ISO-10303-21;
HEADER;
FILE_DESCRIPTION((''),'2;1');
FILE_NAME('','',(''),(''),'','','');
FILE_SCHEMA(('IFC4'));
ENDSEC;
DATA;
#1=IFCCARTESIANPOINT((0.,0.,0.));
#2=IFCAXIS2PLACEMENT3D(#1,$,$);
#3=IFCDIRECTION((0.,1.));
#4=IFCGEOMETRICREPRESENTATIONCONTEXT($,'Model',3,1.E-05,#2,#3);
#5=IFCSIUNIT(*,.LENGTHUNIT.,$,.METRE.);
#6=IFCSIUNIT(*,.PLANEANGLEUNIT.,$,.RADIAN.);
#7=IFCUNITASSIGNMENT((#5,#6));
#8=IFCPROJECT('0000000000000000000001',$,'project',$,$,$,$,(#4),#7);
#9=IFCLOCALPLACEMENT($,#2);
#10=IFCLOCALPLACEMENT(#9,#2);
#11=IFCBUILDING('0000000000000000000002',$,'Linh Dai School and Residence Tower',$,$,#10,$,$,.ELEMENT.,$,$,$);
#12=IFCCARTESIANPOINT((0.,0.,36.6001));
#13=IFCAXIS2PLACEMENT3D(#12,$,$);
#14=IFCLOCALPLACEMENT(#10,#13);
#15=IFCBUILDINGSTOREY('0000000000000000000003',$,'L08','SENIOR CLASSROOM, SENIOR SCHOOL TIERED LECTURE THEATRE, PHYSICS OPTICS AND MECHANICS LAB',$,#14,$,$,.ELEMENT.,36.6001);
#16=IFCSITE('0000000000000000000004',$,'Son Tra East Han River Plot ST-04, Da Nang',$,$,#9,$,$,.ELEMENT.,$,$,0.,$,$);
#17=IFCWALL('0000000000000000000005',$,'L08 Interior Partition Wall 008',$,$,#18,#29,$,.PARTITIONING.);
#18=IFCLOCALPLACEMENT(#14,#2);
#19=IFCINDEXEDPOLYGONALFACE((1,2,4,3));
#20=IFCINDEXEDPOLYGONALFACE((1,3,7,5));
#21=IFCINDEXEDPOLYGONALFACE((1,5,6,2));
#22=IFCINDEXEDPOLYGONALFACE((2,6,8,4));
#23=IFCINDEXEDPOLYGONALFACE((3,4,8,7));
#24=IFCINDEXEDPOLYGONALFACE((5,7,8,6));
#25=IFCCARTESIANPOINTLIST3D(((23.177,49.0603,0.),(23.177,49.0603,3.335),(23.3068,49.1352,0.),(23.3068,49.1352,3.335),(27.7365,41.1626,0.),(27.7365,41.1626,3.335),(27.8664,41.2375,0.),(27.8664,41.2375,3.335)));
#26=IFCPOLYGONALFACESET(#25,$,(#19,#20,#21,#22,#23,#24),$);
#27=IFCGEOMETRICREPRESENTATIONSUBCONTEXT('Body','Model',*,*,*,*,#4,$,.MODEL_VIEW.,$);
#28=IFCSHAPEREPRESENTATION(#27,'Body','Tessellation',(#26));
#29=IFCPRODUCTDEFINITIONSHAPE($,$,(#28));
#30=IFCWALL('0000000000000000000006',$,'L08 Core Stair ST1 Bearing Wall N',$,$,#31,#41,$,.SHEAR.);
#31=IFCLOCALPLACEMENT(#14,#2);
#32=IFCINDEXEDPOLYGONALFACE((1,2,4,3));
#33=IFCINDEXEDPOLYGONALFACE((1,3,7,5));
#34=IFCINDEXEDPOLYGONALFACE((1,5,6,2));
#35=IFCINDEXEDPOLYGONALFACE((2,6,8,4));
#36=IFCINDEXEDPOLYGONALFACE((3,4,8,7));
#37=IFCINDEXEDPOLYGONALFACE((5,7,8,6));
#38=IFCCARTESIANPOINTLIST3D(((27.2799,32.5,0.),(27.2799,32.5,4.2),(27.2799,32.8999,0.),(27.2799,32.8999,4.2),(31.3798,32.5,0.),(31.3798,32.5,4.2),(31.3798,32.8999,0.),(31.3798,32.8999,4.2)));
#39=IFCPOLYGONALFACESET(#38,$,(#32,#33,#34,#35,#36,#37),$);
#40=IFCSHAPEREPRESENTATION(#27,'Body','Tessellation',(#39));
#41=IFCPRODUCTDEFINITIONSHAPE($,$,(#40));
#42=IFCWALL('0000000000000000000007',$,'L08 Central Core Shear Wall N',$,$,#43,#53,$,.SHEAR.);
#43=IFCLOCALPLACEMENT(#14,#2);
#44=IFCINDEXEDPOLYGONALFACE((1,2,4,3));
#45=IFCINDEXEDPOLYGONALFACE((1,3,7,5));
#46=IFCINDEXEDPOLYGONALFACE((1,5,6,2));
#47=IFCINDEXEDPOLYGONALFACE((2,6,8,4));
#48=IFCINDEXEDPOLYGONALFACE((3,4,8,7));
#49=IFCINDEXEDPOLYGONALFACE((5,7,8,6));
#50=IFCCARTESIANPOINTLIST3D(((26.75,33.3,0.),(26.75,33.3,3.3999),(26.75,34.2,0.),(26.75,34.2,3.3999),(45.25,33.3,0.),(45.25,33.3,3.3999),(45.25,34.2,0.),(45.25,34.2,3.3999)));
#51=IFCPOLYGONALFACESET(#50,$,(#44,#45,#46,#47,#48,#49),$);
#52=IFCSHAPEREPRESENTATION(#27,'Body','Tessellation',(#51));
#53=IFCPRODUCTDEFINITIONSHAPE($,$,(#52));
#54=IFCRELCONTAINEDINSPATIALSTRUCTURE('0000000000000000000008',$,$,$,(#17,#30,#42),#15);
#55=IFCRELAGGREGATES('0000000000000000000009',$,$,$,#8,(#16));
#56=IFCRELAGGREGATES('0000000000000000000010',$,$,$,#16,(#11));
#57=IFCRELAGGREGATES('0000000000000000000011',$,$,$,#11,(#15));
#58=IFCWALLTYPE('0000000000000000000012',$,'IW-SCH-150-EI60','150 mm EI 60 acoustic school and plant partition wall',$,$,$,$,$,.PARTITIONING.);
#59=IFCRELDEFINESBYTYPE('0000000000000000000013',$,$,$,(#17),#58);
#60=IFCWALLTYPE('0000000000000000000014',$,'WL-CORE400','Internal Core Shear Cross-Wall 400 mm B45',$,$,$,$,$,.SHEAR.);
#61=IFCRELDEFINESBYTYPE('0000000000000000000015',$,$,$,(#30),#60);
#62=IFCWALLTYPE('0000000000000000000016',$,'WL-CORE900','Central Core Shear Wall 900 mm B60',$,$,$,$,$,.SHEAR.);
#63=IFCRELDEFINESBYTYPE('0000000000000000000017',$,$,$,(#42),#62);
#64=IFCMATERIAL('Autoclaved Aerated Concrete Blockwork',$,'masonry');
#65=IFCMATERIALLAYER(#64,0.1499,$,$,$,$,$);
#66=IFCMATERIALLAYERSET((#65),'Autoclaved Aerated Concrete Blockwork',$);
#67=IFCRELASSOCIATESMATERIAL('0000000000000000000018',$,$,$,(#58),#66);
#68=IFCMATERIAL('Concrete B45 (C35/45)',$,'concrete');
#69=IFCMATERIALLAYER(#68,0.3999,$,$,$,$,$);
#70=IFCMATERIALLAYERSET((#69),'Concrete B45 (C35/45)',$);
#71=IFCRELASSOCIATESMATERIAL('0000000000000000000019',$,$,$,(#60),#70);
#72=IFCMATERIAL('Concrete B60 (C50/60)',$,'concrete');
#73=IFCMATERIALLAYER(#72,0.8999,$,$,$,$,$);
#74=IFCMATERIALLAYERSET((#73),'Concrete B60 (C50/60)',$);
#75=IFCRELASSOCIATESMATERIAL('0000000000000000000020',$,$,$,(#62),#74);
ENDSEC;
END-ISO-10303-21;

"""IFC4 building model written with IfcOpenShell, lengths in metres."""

from ifc_helpers import new_model, si_unit, direction, frame, frame_2d, origin, place, context, subcontext, project, spatial, rectangle, extrude, material, layer, layer_set, type_object, element, save


model = new_model("IFC4")

# Units and contexts
model_context = context("Model", 3, precision=1e-05, world=origin(), true_north=direction((0.0, 1.0)))
body_context = subcontext(model_context, "Body", "Model", "MODEL_VIEW")
ifc_project = project(units=[si_unit("LENGTHUNIT", "METRE"), si_unit("PLANEANGLEUNIT", "RADIAN")], contexts=[model_context])

# Site, building, storey
site_placement = place(None, origin())
site = spatial("IfcSite", under=ifc_project, at=site_placement, Name="Son Tra East Han River Plot ST-04, Da Nang", CompositionType="ELEMENT", RefElevation=0.0)
building_placement = place(site_placement, origin())
building = spatial("IfcBuilding", under=site, at=building_placement, Name="Linh Dai School and Residence Tower", CompositionType="ELEMENT")
storey_placement = place(building_placement, frame((0.0, 0.0, 36.6001)))
storey = spatial("IfcBuildingStorey", under=building, at=storey_placement, Name="L08", Description="SENIOR CLASSROOM, SENIOR SCHOOL TIERED LECTURE THEATRE, PHYSICS OPTICS AND MECHANICS LAB", CompositionType="ELEMENT", Elevation=36.6001)

# Shared definitions
ifc_material_1 = material(Name="Concrete B60 (C50/60)", Category="concrete")

# Shared definitions
ifc_material_2 = material(Name="Autoclaved Aerated Concrete Blockwork", Category="masonry")

# Walls
ifc_layer_1 = layer(ifc_material_2, 0.1499)
ifc_layer_set_1 = layer_set([ifc_layer_1], Name="Autoclaved Aerated Concrete Blockwork")
wall_type_1 = type_object("IfcWallType", Name="IW-SCH-150-EI60", Description="150 mm EI 60 acoustic school and plant partition wall", PredefinedType="PARTITIONING", material=ifc_layer_set_1)
wall_1_placement = place(storey_placement, frame((23.2419, 49.0977, 0.0), z_axis=(0.0, 0.0, 1.0), x_axis=(0.499986, -0.866034, 0.0)))
element("IfcWall", 1, at=wall_1_placement, inside=storey, type_object=wall_type_1, Name="L08 Interior Partition Wall 008", PredefinedType="PARTITIONING", context=body_context, shape_type="SweptSolid", body=[
    extrude(rectangle(XDim=9.1194, YDim=0.1499, at=frame_2d((4.5596, 0.0))), origin(), (0.0, 0.0, 1.0), 3.335),
])
ifc_material_3 = material(Name="Concrete B45 (C35/45)", Category="concrete")
ifc_layer_2 = layer(ifc_material_3, 0.3999)
ifc_layer_set_2 = layer_set([ifc_layer_2], Name="Concrete B45 (C35/45)")
wall_type_2 = type_object("IfcWallType", Name="WL-CORE400", Description="Internal Core Shear Cross-Wall 400 mm B45", PredefinedType="SHEAR", material=ifc_layer_set_2)
wall_2_placement = place(storey_placement, frame((27.28, 32.7, 0.0), z_axis=(0.0, 0.0, 1.0), x_axis=(1.0, 0.0, 0.0)))
element("IfcWall", 2, at=wall_2_placement, inside=storey, type_object=wall_type_2, Name="L08 Core Stair ST1 Bearing Wall N", PredefinedType="SHEAR", context=body_context, shape_type="SweptSolid", body=[
    extrude(rectangle(XDim=4.0999, YDim=0.3999, at=frame_2d((2.0498, 0.0))), origin(), (0.0, 0.0, 1.0), 4.2),
])
ifc_layer_3 = layer(ifc_material_1, 0.8999)
ifc_layer_set_3 = layer_set([ifc_layer_3], Name="Concrete B60 (C50/60)")
wall_type_3 = type_object("IfcWallType", Name="WL-CORE900", Description="Central Core Shear Wall 900 mm B60", PredefinedType="SHEAR", material=ifc_layer_set_3)
wall_3_placement = place(storey_placement, frame((26.75, 33.75, 0.0), z_axis=(0.0, 0.0, 1.0), x_axis=(1.0, 0.0, 0.0)))
element("IfcWall", 3, at=wall_3_placement, inside=storey, type_object=wall_type_3, Name="L08 Central Core Shear Wall N", PredefinedType="SHEAR", context=body_context, shape_type="SweptSolid", body=[
    extrude(rectangle(XDim=18.5, YDim=0.8999, at=frame_2d((9.25, 0.0))), origin(), (0.0, 0.0, 1.0), 3.3999),
])

save(model, "model.ifc")
